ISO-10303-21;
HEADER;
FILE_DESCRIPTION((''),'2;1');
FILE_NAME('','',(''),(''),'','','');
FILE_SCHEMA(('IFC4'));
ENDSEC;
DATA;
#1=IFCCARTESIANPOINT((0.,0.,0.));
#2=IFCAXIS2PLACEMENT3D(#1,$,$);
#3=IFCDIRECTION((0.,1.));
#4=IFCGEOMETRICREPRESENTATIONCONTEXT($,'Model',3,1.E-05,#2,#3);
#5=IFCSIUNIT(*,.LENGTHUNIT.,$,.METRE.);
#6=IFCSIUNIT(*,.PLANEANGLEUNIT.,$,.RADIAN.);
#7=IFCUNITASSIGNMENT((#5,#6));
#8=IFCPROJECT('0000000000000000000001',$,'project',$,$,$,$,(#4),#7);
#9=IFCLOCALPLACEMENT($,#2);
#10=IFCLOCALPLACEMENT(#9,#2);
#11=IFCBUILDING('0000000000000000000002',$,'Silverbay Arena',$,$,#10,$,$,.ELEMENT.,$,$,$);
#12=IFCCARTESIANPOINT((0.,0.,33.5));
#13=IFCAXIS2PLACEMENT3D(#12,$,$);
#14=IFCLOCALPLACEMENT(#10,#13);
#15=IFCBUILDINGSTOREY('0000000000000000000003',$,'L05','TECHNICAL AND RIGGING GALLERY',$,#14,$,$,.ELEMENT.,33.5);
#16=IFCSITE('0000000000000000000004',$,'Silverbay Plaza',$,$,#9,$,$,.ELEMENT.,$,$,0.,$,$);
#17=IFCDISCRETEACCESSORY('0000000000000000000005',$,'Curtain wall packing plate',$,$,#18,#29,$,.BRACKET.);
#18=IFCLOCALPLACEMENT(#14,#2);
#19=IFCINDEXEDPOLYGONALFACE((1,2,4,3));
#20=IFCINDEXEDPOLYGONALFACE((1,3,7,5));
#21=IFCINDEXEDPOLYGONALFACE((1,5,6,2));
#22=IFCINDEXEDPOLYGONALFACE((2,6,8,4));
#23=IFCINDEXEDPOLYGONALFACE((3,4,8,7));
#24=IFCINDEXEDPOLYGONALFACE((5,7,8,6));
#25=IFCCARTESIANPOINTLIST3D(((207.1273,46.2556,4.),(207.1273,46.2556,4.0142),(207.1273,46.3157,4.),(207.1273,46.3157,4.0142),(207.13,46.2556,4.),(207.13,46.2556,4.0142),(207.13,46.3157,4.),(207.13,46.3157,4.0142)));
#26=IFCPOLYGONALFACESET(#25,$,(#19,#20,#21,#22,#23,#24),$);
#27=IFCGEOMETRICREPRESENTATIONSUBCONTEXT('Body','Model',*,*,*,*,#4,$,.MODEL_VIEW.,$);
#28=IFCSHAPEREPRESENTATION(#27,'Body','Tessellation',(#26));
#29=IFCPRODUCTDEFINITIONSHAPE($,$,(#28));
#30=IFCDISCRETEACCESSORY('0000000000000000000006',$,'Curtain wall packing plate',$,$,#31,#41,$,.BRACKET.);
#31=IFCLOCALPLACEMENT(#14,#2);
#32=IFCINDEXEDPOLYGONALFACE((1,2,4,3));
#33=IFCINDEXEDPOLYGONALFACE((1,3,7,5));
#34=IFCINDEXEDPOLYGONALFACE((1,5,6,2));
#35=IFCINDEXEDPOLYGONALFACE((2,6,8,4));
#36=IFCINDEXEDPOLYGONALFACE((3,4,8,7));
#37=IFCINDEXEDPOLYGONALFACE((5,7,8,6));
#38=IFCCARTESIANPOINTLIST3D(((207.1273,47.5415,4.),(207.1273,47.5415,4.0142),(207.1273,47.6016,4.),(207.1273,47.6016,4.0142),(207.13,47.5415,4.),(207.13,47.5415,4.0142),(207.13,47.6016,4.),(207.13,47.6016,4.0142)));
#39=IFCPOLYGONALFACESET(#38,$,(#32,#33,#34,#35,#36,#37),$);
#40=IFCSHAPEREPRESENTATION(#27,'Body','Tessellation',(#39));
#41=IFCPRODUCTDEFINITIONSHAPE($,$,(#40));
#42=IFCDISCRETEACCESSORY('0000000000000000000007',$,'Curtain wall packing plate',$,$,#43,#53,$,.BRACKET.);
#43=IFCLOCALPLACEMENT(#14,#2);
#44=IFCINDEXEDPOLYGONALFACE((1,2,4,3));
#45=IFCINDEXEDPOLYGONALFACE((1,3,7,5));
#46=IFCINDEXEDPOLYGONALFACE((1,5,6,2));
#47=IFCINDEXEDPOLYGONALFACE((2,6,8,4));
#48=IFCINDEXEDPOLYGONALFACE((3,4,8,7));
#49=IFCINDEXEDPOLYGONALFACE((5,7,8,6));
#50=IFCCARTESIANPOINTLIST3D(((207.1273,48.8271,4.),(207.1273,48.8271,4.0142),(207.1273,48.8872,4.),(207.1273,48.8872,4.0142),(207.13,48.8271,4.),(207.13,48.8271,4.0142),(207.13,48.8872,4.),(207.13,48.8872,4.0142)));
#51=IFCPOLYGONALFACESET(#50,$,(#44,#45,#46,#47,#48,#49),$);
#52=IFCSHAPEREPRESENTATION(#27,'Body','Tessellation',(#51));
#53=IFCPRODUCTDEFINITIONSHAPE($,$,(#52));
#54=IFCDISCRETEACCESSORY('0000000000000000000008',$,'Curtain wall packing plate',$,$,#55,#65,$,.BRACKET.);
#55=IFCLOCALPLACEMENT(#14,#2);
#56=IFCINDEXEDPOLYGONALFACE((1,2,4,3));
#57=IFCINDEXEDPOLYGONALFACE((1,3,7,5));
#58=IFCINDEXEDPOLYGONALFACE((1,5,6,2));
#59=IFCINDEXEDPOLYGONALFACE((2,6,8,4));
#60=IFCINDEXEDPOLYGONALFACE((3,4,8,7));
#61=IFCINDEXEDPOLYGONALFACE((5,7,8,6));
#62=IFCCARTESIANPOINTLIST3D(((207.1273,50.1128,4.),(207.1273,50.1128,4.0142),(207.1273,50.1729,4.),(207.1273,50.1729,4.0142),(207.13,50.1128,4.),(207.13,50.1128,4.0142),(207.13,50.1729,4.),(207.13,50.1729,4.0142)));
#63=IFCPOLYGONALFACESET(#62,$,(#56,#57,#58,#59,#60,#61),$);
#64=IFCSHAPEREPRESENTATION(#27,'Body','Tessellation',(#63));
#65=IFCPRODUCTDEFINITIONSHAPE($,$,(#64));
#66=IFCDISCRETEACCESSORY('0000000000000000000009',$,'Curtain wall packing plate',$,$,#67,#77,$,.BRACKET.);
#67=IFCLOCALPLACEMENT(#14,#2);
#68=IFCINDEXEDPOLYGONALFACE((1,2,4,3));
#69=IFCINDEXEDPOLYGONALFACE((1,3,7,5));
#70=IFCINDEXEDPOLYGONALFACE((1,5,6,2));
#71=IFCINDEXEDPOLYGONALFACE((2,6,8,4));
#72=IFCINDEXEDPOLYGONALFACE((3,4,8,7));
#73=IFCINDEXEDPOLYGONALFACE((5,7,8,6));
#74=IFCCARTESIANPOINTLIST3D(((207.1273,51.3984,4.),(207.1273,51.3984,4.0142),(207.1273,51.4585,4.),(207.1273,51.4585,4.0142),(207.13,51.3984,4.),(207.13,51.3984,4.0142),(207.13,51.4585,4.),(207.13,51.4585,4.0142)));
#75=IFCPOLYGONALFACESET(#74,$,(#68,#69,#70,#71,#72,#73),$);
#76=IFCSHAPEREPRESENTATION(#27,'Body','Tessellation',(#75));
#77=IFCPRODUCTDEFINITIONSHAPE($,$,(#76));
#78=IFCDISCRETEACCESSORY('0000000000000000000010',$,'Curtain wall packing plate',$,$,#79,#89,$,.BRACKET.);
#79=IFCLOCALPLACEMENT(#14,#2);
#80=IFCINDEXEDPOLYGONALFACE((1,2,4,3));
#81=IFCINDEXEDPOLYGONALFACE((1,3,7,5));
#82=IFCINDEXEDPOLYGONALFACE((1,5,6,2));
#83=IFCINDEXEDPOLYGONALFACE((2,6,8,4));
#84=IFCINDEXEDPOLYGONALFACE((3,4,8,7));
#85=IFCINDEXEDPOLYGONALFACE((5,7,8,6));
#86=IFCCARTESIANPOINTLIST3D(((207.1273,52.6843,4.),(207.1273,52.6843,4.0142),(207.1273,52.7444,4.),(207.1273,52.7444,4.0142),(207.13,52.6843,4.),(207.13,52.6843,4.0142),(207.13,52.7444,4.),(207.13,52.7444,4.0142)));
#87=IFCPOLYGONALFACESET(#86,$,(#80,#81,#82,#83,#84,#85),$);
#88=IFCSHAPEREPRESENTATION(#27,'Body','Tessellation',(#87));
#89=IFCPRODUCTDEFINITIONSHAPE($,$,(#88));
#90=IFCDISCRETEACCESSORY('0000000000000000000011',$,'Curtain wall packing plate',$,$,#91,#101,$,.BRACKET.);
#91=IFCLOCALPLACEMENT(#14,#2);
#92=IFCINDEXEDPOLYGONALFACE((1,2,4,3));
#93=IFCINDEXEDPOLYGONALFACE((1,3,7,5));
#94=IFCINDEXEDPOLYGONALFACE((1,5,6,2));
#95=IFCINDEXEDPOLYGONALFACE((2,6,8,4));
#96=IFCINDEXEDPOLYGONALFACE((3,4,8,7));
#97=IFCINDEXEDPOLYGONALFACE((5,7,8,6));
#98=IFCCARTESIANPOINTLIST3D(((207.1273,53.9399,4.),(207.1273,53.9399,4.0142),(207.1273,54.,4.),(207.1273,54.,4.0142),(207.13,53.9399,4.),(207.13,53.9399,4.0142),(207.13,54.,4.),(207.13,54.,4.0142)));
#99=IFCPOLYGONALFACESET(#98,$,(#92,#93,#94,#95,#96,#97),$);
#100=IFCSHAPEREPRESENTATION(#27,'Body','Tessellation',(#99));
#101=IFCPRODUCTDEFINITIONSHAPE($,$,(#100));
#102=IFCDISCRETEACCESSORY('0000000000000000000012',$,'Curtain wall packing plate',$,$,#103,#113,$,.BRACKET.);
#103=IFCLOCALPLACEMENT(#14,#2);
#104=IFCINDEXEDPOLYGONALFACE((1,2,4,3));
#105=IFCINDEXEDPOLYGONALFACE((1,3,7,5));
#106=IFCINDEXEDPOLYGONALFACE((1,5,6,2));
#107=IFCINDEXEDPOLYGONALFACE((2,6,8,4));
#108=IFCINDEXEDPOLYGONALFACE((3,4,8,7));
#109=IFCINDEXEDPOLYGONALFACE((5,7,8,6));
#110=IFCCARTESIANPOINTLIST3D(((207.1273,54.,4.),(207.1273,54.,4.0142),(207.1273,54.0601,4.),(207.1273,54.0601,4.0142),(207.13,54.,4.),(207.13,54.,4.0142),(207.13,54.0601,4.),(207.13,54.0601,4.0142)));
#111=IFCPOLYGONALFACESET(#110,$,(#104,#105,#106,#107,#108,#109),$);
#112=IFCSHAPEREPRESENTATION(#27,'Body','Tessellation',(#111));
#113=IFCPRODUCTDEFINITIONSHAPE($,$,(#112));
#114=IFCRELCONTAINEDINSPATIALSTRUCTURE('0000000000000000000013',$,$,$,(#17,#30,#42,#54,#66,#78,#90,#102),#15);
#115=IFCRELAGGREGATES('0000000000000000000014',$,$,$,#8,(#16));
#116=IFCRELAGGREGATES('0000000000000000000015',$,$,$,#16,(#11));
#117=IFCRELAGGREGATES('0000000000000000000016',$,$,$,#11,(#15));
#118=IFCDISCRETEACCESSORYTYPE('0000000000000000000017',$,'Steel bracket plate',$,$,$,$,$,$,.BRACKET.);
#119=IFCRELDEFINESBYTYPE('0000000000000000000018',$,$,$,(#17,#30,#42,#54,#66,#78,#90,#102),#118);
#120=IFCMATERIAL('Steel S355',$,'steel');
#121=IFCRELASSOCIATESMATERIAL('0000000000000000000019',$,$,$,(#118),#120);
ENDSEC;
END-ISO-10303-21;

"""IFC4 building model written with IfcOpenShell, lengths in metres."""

from ifc_helpers import new_model, si_unit, direction, frame, origin, origin_2d, place, context, subcontext, project, spatial, rectangle, extrude, material, type_object, element, save


model = new_model("IFC4")

# Units and contexts
model_context = context("Model", 3, precision=1e-05, world=origin(), true_north=direction((0.0, 1.0)))
body_context = subcontext(model_context, "Body", "Model", "MODEL_VIEW")
ifc_project = project(units=[si_unit("LENGTHUNIT", "METRE"), si_unit("PLANEANGLEUNIT", "RADIAN")], contexts=[model_context])

# Site, building, storey
site_placement = place(None, origin())
site = spatial("IfcSite", under=ifc_project, at=site_placement, Name="Silverbay Plaza", CompositionType="ELEMENT", RefElevation=0.0)
building_placement = place(site_placement, origin())
building = spatial("IfcBuilding", under=site, at=building_placement, Name="Silverbay Arena", CompositionType="ELEMENT")
storey_placement = place(building_placement, frame((0.0, 0.0, 33.5)))
storey = spatial("IfcBuildingStorey", under=building, at=storey_placement, Name="L05", Description="TECHNICAL AND RIGGING GALLERY", CompositionType="ELEMENT", Elevation=33.5)

# Discrete accessories
ifc_material_1 = material(Name="Steel S355", Category="steel")
discrete_accessory_type_1 = type_object("IfcDiscreteAccessoryType", Name="Steel bracket plate", PredefinedType="BRACKET", material=ifc_material_1)
for number, where, z_axis, x_axis, name in (
    (1, (207.1287, 46.2856, 4.0), (0.0, 0.0, 1.0), (1.0, 0.0, 0.0), "Curtain wall packing plate"),
    (2, (207.1287, 47.5715, 4.0), (0.0, 0.0, 1.0), (1.0, 0.0, 0.0), "Curtain wall packing plate"),
    (3, (207.1287, 48.8572, 4.0), (0.0, 0.0, 1.0), (1.0, 0.0, 0.0), "Curtain wall packing plate"),
    (4, (207.1287, 50.1428, 4.0), (0.0, 0.0, 1.0), (1.0, 0.0, 0.0), "Curtain wall packing plate"),
    (5, (207.1287, 51.4285, 4.0), (0.0, 0.0, 1.0), (1.0, 0.0, 0.0), "Curtain wall packing plate"),
    (6, (207.1287, 52.7144, 4.0), (0.0, 0.0, 1.0), (1.0, 0.0, 0.0), "Curtain wall packing plate"),
    (7, (207.1287, 53.97, 4.0), (0.0, 0.0, 1.0), (1.0, 0.0, 0.0), "Curtain wall packing plate"),
    (8, (207.1287, 54.03, 4.0), (0.0, 0.0, 1.0), (1.0, 0.0, 0.0), "Curtain wall packing plate"),
):
    element("IfcDiscreteAccessory", number, at=place(storey_placement, frame(where, z_axis=z_axis, x_axis=x_axis)), inside=storey, type_object=discrete_accessory_type_1, Name=name, PredefinedType="BRACKET", context=body_context, shape_type="SweptSolid", body=[
        extrude(rectangle(XDim=0.0027, YDim=0.0601, at=origin_2d()), origin(), (0.0, 0.0, 1.0), 0.0142),
    ])

save(model, "model.ifc")
